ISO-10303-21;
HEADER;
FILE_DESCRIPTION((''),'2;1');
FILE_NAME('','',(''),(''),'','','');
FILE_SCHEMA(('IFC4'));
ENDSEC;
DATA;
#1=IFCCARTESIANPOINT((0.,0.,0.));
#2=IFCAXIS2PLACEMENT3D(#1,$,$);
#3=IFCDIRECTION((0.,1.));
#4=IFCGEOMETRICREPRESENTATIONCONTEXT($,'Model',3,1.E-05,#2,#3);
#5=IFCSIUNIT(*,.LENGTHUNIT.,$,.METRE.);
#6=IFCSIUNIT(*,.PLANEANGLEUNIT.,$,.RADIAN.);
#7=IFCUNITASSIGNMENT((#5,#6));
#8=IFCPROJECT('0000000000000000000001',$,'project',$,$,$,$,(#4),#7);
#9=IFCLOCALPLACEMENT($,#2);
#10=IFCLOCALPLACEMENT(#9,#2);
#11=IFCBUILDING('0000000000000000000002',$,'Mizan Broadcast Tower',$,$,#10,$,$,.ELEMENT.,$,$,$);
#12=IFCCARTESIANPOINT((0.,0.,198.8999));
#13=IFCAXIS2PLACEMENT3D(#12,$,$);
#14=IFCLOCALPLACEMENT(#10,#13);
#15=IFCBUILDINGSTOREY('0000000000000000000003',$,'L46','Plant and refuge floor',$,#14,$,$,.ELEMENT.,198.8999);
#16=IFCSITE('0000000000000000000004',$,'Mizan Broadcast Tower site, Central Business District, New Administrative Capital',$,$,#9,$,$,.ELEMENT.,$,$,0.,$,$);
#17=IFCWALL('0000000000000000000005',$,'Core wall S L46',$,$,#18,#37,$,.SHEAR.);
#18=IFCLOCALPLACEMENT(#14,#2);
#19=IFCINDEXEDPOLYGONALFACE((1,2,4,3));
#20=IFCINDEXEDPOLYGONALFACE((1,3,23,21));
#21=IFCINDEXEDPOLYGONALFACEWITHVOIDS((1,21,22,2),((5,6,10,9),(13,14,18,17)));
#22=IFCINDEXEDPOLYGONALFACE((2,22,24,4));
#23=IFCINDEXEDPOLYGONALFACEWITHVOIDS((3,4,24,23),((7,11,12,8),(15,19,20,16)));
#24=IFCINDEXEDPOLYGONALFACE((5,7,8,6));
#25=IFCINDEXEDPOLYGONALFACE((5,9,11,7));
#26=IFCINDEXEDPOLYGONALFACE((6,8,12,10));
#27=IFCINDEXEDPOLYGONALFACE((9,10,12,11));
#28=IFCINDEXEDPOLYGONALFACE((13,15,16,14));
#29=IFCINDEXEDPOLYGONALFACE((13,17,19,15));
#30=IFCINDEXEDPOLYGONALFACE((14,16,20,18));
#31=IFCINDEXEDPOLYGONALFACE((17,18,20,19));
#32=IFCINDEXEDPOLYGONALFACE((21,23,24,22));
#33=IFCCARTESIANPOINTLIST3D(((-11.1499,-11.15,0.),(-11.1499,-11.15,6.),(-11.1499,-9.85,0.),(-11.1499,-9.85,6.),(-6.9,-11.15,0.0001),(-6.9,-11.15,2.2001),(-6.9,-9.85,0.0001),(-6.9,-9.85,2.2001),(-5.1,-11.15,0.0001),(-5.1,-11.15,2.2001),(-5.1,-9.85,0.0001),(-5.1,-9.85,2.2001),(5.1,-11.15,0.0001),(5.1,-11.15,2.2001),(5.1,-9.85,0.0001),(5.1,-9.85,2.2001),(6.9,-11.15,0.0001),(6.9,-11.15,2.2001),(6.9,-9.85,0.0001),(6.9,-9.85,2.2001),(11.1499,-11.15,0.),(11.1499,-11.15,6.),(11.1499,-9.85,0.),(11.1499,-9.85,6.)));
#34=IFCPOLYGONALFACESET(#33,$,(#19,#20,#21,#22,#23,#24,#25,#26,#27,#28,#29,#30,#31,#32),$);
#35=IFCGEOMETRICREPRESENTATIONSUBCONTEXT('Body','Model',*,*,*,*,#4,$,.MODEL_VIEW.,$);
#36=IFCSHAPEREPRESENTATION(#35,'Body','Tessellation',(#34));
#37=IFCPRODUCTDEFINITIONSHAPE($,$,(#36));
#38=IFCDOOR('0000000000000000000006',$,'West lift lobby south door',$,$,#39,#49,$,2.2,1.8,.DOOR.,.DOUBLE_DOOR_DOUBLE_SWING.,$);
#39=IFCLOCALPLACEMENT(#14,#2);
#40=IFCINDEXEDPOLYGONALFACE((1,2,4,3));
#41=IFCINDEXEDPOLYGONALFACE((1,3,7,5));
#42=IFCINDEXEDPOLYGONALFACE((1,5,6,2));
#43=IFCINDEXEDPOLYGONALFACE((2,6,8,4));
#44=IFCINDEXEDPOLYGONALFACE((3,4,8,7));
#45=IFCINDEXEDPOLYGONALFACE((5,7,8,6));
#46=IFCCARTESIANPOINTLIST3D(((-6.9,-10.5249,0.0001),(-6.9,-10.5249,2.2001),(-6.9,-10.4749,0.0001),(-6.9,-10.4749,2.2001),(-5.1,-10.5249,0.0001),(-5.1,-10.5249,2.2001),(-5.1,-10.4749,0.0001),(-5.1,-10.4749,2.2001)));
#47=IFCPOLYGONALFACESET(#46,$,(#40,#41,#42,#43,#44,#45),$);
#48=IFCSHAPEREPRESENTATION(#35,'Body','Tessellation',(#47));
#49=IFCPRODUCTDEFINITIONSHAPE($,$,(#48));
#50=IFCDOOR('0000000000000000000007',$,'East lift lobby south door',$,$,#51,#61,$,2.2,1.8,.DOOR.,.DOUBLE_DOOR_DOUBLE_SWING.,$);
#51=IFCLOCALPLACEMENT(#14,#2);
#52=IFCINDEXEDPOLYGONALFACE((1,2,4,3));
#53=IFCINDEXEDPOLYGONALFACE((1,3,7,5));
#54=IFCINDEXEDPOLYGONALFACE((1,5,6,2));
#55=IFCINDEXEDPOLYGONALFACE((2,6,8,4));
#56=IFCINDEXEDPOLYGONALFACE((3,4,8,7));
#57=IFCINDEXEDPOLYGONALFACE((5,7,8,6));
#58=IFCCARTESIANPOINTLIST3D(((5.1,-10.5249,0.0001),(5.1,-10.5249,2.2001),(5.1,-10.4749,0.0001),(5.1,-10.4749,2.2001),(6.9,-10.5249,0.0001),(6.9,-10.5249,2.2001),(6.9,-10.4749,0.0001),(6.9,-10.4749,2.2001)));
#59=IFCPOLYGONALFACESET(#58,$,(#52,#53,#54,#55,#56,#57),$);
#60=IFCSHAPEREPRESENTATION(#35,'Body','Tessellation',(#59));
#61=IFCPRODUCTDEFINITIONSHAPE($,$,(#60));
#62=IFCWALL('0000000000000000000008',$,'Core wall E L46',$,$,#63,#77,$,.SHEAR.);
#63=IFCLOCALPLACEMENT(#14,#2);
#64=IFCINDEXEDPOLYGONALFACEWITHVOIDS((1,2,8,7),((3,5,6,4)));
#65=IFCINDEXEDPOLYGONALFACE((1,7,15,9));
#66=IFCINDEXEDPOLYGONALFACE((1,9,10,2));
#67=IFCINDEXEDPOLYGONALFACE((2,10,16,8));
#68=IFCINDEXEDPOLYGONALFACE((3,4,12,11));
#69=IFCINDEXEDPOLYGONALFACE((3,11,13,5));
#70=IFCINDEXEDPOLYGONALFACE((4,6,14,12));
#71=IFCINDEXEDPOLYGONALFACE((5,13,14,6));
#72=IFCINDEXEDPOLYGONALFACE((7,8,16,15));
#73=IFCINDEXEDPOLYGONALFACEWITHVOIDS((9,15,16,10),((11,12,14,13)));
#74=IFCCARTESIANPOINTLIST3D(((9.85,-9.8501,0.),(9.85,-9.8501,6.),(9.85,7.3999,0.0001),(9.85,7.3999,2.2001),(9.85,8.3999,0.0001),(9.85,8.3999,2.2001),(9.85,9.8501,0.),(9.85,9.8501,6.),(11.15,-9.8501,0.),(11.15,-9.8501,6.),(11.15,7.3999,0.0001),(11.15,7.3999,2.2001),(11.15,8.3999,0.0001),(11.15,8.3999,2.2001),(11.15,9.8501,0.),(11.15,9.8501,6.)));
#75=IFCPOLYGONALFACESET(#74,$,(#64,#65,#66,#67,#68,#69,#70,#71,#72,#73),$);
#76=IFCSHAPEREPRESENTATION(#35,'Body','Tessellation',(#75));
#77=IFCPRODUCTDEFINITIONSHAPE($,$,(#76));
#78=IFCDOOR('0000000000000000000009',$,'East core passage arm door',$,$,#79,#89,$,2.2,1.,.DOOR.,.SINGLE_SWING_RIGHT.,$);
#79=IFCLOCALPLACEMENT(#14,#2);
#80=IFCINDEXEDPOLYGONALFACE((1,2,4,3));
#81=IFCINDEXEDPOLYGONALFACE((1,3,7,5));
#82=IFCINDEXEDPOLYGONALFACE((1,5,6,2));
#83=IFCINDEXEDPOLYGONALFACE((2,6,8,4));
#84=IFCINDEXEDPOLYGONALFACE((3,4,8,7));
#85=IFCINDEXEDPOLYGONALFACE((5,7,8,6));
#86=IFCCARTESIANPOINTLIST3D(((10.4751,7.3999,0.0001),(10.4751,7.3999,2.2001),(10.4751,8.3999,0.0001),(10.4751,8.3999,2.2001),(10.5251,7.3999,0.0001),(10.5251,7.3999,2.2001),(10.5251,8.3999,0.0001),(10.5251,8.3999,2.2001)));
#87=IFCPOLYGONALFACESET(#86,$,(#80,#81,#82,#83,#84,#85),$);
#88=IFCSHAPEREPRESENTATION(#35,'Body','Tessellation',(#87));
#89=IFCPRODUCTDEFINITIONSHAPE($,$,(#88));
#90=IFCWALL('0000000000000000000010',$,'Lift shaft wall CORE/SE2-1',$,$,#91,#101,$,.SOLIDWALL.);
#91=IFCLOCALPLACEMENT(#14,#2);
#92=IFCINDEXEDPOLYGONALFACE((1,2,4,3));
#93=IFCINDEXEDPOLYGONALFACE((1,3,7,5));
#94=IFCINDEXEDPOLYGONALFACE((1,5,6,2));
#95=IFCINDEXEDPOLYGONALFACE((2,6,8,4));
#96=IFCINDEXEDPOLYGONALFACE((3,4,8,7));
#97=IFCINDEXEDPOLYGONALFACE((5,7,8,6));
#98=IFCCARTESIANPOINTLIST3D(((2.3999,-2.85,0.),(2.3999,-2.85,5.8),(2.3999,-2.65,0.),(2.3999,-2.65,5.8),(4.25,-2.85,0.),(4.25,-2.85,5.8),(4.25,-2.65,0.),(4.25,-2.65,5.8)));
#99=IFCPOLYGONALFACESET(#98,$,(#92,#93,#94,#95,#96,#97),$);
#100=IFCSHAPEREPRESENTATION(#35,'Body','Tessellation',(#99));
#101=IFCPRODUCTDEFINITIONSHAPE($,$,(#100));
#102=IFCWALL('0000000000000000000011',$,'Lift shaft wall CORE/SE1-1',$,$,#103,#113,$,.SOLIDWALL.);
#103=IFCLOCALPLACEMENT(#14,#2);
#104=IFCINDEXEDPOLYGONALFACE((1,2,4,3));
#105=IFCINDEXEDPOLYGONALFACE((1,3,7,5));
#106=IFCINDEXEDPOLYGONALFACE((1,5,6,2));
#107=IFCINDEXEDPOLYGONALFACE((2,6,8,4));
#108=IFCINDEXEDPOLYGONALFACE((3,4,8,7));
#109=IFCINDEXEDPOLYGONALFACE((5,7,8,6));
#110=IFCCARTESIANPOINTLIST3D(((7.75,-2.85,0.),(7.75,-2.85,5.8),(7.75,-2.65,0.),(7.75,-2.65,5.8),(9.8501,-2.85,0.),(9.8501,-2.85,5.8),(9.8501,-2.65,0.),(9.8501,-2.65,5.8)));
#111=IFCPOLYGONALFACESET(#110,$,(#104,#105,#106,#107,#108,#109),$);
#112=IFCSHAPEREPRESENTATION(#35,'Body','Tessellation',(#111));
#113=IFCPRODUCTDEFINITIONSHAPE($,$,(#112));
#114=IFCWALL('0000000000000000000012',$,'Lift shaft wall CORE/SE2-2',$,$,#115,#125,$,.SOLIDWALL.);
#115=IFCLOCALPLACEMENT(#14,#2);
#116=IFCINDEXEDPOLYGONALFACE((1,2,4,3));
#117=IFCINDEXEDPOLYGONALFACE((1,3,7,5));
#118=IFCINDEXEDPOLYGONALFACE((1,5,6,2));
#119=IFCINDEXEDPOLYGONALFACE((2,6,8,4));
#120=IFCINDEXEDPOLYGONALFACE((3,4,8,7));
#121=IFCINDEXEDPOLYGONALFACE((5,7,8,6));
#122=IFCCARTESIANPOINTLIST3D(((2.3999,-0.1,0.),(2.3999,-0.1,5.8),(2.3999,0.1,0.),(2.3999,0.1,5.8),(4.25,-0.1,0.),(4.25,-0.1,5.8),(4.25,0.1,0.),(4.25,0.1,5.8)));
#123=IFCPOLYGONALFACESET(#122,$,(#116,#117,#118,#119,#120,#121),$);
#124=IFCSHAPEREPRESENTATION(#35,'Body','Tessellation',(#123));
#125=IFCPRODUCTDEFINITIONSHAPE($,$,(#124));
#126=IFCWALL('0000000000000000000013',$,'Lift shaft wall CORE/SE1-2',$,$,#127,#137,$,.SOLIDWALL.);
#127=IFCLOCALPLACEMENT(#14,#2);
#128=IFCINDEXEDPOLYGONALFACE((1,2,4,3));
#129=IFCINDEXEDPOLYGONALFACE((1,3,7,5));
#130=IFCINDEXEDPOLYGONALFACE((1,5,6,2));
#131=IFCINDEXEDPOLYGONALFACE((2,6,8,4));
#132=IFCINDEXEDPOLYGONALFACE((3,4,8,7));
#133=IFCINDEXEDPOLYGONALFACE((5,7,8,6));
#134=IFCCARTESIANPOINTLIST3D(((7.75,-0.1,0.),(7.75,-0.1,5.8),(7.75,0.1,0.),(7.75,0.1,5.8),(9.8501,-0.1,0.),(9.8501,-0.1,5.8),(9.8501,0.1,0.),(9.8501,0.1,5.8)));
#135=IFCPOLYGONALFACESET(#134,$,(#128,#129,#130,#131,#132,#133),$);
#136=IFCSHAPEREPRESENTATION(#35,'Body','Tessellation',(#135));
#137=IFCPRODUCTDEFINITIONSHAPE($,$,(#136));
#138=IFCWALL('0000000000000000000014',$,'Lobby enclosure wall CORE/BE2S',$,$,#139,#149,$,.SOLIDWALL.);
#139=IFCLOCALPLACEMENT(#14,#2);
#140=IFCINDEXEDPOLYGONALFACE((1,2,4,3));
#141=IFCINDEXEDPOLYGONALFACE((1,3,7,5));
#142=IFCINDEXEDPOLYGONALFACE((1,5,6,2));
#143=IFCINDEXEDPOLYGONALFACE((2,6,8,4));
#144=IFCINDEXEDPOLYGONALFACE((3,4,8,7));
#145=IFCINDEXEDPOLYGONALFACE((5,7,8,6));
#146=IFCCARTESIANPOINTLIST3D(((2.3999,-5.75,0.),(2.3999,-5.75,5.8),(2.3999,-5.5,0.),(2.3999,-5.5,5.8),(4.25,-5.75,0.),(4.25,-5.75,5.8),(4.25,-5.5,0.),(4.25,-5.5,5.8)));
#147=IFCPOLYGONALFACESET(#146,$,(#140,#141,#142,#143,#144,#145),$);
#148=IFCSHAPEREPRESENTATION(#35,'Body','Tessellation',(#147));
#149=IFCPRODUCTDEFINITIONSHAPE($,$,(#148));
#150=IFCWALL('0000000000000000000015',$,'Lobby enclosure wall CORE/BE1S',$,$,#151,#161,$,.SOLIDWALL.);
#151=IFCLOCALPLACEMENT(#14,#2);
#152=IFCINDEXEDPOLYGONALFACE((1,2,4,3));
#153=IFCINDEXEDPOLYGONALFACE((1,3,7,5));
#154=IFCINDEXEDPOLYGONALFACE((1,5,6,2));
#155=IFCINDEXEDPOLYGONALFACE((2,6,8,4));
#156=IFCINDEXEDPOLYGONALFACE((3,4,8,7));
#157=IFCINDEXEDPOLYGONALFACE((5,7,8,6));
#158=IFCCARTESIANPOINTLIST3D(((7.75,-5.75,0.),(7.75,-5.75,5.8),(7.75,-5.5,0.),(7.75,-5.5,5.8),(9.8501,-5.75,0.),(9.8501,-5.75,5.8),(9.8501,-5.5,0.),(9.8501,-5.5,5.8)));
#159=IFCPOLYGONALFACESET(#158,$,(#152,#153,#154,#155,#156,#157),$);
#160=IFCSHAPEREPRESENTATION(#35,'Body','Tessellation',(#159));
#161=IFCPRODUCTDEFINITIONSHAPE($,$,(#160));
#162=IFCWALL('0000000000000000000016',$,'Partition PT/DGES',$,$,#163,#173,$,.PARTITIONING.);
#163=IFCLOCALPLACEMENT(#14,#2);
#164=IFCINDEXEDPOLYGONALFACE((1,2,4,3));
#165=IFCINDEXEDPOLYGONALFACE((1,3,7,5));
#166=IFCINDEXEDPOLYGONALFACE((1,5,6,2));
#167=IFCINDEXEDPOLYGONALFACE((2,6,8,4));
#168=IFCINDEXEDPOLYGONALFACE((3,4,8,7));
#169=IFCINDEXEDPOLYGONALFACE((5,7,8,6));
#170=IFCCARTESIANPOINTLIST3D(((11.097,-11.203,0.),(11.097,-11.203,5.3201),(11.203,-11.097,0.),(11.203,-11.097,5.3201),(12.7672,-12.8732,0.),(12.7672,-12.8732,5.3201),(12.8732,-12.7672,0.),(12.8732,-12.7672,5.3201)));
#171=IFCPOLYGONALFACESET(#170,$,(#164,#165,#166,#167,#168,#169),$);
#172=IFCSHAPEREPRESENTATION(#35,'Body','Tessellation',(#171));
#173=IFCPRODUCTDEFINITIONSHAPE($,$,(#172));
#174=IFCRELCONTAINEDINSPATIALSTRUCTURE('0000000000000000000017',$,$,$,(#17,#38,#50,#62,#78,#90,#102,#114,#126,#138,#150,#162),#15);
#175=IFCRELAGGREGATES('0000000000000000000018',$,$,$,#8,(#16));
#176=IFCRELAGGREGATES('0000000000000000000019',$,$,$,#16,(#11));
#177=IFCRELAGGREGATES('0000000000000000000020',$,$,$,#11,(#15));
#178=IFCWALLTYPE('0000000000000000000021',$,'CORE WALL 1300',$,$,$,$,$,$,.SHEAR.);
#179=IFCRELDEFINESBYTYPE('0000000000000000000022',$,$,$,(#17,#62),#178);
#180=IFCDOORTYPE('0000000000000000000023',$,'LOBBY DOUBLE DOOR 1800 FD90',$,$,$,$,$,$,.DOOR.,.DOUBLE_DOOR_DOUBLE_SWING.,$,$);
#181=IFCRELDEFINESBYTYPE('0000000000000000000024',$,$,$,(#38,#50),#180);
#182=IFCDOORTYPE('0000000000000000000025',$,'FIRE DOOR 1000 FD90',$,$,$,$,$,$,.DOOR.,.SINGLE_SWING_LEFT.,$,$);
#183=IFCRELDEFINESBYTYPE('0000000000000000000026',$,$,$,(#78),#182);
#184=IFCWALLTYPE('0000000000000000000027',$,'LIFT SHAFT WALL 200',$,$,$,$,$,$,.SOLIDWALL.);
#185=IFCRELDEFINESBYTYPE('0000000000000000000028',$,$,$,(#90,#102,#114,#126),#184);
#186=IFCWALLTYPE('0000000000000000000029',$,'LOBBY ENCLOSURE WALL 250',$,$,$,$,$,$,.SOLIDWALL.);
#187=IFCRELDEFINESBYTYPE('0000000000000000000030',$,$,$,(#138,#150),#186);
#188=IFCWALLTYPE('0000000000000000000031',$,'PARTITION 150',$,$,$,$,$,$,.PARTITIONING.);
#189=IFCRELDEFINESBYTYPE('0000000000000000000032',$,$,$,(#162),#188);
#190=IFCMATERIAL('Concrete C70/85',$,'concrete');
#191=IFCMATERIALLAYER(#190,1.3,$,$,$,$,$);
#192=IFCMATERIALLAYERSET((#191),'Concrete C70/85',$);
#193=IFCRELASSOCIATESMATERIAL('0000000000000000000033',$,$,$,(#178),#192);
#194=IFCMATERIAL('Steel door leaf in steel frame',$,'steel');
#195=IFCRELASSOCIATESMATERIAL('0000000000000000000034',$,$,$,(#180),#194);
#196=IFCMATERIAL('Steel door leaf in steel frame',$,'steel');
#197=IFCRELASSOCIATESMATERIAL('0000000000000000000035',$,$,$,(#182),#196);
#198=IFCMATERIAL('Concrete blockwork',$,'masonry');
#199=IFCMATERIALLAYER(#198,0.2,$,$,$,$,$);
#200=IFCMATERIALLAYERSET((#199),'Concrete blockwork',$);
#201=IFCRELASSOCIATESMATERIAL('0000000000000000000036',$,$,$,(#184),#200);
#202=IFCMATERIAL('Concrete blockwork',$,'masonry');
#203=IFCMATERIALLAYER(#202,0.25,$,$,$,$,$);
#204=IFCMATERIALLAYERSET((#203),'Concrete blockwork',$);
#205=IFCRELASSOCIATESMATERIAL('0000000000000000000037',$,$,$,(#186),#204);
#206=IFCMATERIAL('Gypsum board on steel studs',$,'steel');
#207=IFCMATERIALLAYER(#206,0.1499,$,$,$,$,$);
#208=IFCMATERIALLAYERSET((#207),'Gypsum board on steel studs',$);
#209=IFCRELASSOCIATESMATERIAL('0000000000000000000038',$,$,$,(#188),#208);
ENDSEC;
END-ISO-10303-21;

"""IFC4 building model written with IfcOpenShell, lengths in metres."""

from ifc_helpers import new_model, si_unit, direction, frame, frame_2d, origin, place, context, subcontext, project, spatial, rectangle, extrude, material, layer, layer_set, type_object, element, fill, save


model = new_model("IFC4")

# Units and contexts
model_context = context("Model", 3, precision=1e-05, world=origin(), true_north=direction((0.0, 1.0)))
body_context = subcontext(model_context, "Body", "Model", "MODEL_VIEW")
ifc_project = project(units=[si_unit("LENGTHUNIT", "METRE"), si_unit("PLANEANGLEUNIT", "RADIAN")], contexts=[model_context])

# Site, building, storey
site_placement = place(None, origin())
site = spatial("IfcSite", under=ifc_project, at=site_placement, Name="Mizan Broadcast Tower site, Central Business District, New Administrative Capital", CompositionType="ELEMENT", RefElevation=0.0)
building_placement = place(site_placement, origin())
building = spatial("IfcBuilding", under=site, at=building_placement, Name="Mizan Broadcast Tower", CompositionType="ELEMENT")
storey_placement = place(building_placement, frame((0.0, 0.0, 198.8999)))
storey = spatial("IfcBuildingStorey", under=building, at=storey_placement, Name="L46", Description="Plant and refuge floor", CompositionType="ELEMENT", Elevation=198.8999)

# Wall, openings, doors
ifc_material_1 = material(Name="Concrete C70/85", Category="concrete")
ifc_layer_1 = layer(ifc_material_1, 1.3)
ifc_layer_set_1 = layer_set([ifc_layer_1], Name="Concrete C70/85")
wall_type_1 = type_object("IfcWallType", Name="CORE WALL 1300", PredefinedType="SHEAR", material=ifc_layer_set_1)
wall_1_placement = place(storey_placement, frame((11.1499, -10.5, 0.0), z_axis=(0.0, 0.0, 1.0), x_axis=(-1.0, 0.0, 0.0)))
wall_1 = element("IfcWall", 1, at=wall_1_placement, inside=storey, type_object=wall_type_1, Name="Core wall S L46", PredefinedType="SHEAR", context=body_context, shape_type="SweptSolid", body=[
    extrude(rectangle(XDim=22.2998, YDim=1.3, at=frame_2d((11.1499, 0.0))), origin(), (0.0, 0.0, 1.0), 6.0),
])
opening_1_placement = place(wall_1_placement, frame((16.25, 0.0, 0.0)))
opening_1 = element("IfcOpeningElement", 2, at=opening_1_placement, cuts=wall_1, PredefinedType="OPENING", context=body_context, shape_type="SweptSolid", body=[
    extrude(rectangle(XDim=1.8, YDim=2.2, at=frame_2d((0.8999, 1.1001))), frame((0.0, 0.6599, 0.0), z_axis=(0.0, -1.0, 0.0), x_axis=(1.0, 0.0, 0.0)), (0.0, 0.0, 1.0), 1.3201),
])
opening_2_placement = place(wall_1_placement, frame((4.25, 0.0, 0.0)))
opening_2 = element("IfcOpeningElement", 3, at=opening_2_placement, cuts=wall_1, PredefinedType="OPENING", context=body_context, shape_type="SweptSolid", body=[
    extrude(rectangle(XDim=1.8, YDim=2.2, at=frame_2d((0.8999, 1.1001))), frame((0.0, 0.6599, 0.0), z_axis=(0.0, -1.0, 0.0), x_axis=(1.0, 0.0, 0.0)), (0.0, 0.0, 1.0), 1.3201),
])
ifc_material_2 = material(Name="Steel door leaf in steel frame", Category="steel")
door_type_1 = type_object("IfcDoorType", Name="LOBBY DOUBLE DOOR 1800 FD90", OperationType="DOUBLE_DOOR_DOUBLE_SWING", PredefinedType="DOOR", material=ifc_material_2)
door_1_placement = place(opening_1_placement, origin())
door_1 = element("IfcDoor", 4, at=door_1_placement, inside=storey, type_object=door_type_1, Name="West lift lobby south door", OperationType="DOUBLE_DOOR_DOUBLE_SWING", OverallHeight=2.2, OverallWidth=1.8, PredefinedType="DOOR", context=body_context, shape_type="SweptSolid", body=[
    extrude(rectangle(XDim=1.8, YDim=2.2, at=frame_2d((0.8999, 1.1001))), frame((0.0, 0.0249, 0.0), z_axis=(0.0, -1.0, 0.0), x_axis=(1.0, 0.0, 0.0)), (0.0, 0.0, 1.0), 0.05),
])
fill(opening_1, door_1)
door_2_placement = place(opening_2_placement, origin())
door_2 = element("IfcDoor", 5, at=door_2_placement, inside=storey, type_object=door_type_1, Name="East lift lobby south door", OperationType="DOUBLE_DOOR_DOUBLE_SWING", OverallHeight=2.2, OverallWidth=1.8, PredefinedType="DOOR", context=body_context, shape_type="SweptSolid", body=[
    extrude(rectangle(XDim=1.8, YDim=2.2, at=frame_2d((0.8999, 1.1001))), frame((0.0, 0.0249, 0.0), z_axis=(0.0, -1.0, 0.0), x_axis=(1.0, 0.0, 0.0)), (0.0, 0.0, 1.0), 0.05),
])
fill(opening_2, door_2)

# Wall, opening, door
wall_2_placement = place(storey_placement, frame((10.5, -9.8501, 0.0), z_axis=(0.0, 0.0, 1.0), x_axis=(0.0, 1.0, 0.0)))
wall_2 = element("IfcWall", 6, at=wall_2_placement, inside=storey, type_object=wall_type_1, Name="Core wall E L46", PredefinedType="SHEAR", context=body_context, shape_type="SweptSolid", body=[
    extrude(rectangle(XDim=19.7002, YDim=1.3, at=frame_2d((9.8501, 0.0))), origin(), (0.0, 0.0, 1.0), 6.0),
])
opening_3_placement = place(wall_2_placement, frame((17.25, 0.0, 0.0)))
opening_3 = element("IfcOpeningElement", 7, at=opening_3_placement, cuts=wall_2, PredefinedType="OPENING", context=body_context, shape_type="SweptSolid", body=[
    extrude(rectangle(XDim=1.0, YDim=2.2, at=frame_2d((0.5, 1.1001))), frame((0.0, 0.6599, 0.0), z_axis=(0.0, -1.0, 0.0), x_axis=(1.0, 0.0, 0.0)), (0.0, 0.0, 1.0), 1.3201),
])
ifc_material_3 = material(Name="Steel door leaf in steel frame", Category="steel")
door_type_2 = type_object("IfcDoorType", Name="FIRE DOOR 1000 FD90", OperationType="SINGLE_SWING_LEFT", PredefinedType="DOOR", material=ifc_material_3)
door_3_placement = place(opening_3_placement, origin())
door_3 = element("IfcDoor", 8, at=door_3_placement, inside=storey, type_object=door_type_2, Name="East core passage arm door", OperationType="SINGLE_SWING_RIGHT", OverallHeight=2.2, OverallWidth=1.0, PredefinedType="DOOR", context=body_context, shape_type="SweptSolid", body=[
    extrude(rectangle(XDim=1.0, YDim=2.2, at=frame_2d((0.5, 1.1001))), frame((0.0, 0.0249, 0.0), z_axis=(0.0, -1.0, 0.0), x_axis=(1.0, 0.0, 0.0)), (0.0, 0.0, 1.0), 0.05),
])
fill(opening_3, door_3)

# Walls
ifc_material_4 = material(Name="Concrete blockwork", Category="masonry")
ifc_layer_2 = layer(ifc_material_4, 0.2)
ifc_layer_set_2 = layer_set([ifc_layer_2], Name="Concrete blockwork")
wall_type_2 = type_object("IfcWallType", Name="LIFT SHAFT WALL 200", PredefinedType="SOLIDWALL", material=ifc_layer_set_2)
wall_3_placement = place(storey_placement, frame((2.3999, -2.75, 0.0), z_axis=(0.0, 0.0, 1.0), x_axis=(1.0, 0.0, 0.0)))
element("IfcWall", 9, at=wall_3_placement, inside=storey, type_object=wall_type_2, Name="Lift shaft wall CORE/SE2-1", PredefinedType="SOLIDWALL", context=body_context, shape_type="SweptSolid", body=[
    extrude(rectangle(XDim=1.8501, YDim=0.2, at=frame_2d((0.925, 0.0))), origin(), (0.0, 0.0, 1.0), 5.8),
])
wall_4_placement = place(storey_placement, frame((7.75, -2.75, 0.0), z_axis=(0.0, 0.0, 1.0), x_axis=(1.0, 0.0, 0.0)))
element("IfcWall", 10, at=wall_4_placement, inside=storey, type_object=wall_type_2, Name="Lift shaft wall CORE/SE1-1", PredefinedType="SOLIDWALL", context=body_context, shape_type="SweptSolid", body=[
    extrude(rectangle(XDim=2.1001, YDim=0.2, at=frame_2d((1.05, 0.0))), origin(), (0.0, 0.0, 1.0), 5.8),
])
wall_5_placement = place(storey_placement, frame((2.3999, 0.0, 0.0), z_axis=(0.0, 0.0, 1.0), x_axis=(1.0, 0.0, 0.0)))
element("IfcWall", 11, at=wall_5_placement, inside=storey, type_object=wall_type_2, Name="Lift shaft wall CORE/SE2-2", PredefinedType="SOLIDWALL", context=body_context, shape_type="SweptSolid", body=[
    extrude(rectangle(XDim=1.8501, YDim=0.2, at=frame_2d((0.925, 0.0))), origin(), (0.0, 0.0, 1.0), 5.8),
])
wall_6_placement = place(storey_placement, frame((7.75, 0.0, 0.0), z_axis=(0.0, 0.0, 1.0), x_axis=(1.0, 0.0, 0.0)))
element("IfcWall", 12, at=wall_6_placement, inside=storey, type_object=wall_type_2, Name="Lift shaft wall CORE/SE1-2", PredefinedType="SOLIDWALL", context=body_context, shape_type="SweptSolid", body=[
    extrude(rectangle(XDim=2.1001, YDim=0.2, at=frame_2d((1.05, 0.0))), origin(), (0.0, 0.0, 1.0), 5.8),
])
ifc_material_5 = material(Name="Concrete blockwork", Category="masonry")
ifc_layer_3 = layer(ifc_material_5, 0.25)
ifc_layer_set_3 = layer_set([ifc_layer_3], Name="Concrete blockwork")
wall_type_3 = type_object("IfcWallType", Name="LOBBY ENCLOSURE WALL 250", PredefinedType="SOLIDWALL", material=ifc_layer_set_3)
wall_7_placement = place(storey_placement, frame((2.3999, -5.625, 0.0), z_axis=(0.0, 0.0, 1.0), x_axis=(1.0, 0.0, 0.0)))
element("IfcWall", 13, at=wall_7_placement, inside=storey, type_object=wall_type_3, Name="Lobby enclosure wall CORE/BE2S", PredefinedType="SOLIDWALL", context=body_context, shape_type="SweptSolid", body=[
    extrude(rectangle(XDim=1.8501, YDim=0.25, at=frame_2d((0.925, 0.0))), origin(), (0.0, 0.0, 1.0), 5.8),
])
wall_8_placement = place(storey_placement, frame((7.75, -5.625, 0.0), z_axis=(0.0, 0.0, 1.0), x_axis=(1.0, 0.0, 0.0)))
element("IfcWall", 14, at=wall_8_placement, inside=storey, type_object=wall_type_3, Name="Lobby enclosure wall CORE/BE1S", PredefinedType="SOLIDWALL", context=body_context, shape_type="SweptSolid", body=[
    extrude(rectangle(XDim=2.1001, YDim=0.25, at=frame_2d((1.05, 0.0))), origin(), (0.0, 0.0, 1.0), 5.8),
])
ifc_material_6 = material(Name="Gypsum board on steel studs", Category="steel")
ifc_layer_4 = layer(ifc_material_6, 0.1499)
ifc_layer_set_4 = layer_set([ifc_layer_4], Name="Gypsum board on steel studs")
wall_type_4 = type_object("IfcWallType", Name="PARTITION 150", PredefinedType="PARTITIONING", material=ifc_layer_set_4)
wall_9_placement = place(storey_placement, frame((11.1499, -11.1499, 0.0), z_axis=(0.0, 0.0, 1.0), x_axis=(0.707107, -0.707107, 0.0)))
element("IfcWall", 15, at=wall_9_placement, inside=storey, type_object=wall_type_4, Name="Partition PT/DGES", PredefinedType="PARTITIONING", context=body_context, shape_type="SweptSolid", body=[
    extrude(rectangle(XDim=2.3621, YDim=0.1499, at=frame_2d((1.1812, 0.0))), origin(), (0.0, 0.0, 1.0), 5.3201),
])

save(model, "model.ifc")
